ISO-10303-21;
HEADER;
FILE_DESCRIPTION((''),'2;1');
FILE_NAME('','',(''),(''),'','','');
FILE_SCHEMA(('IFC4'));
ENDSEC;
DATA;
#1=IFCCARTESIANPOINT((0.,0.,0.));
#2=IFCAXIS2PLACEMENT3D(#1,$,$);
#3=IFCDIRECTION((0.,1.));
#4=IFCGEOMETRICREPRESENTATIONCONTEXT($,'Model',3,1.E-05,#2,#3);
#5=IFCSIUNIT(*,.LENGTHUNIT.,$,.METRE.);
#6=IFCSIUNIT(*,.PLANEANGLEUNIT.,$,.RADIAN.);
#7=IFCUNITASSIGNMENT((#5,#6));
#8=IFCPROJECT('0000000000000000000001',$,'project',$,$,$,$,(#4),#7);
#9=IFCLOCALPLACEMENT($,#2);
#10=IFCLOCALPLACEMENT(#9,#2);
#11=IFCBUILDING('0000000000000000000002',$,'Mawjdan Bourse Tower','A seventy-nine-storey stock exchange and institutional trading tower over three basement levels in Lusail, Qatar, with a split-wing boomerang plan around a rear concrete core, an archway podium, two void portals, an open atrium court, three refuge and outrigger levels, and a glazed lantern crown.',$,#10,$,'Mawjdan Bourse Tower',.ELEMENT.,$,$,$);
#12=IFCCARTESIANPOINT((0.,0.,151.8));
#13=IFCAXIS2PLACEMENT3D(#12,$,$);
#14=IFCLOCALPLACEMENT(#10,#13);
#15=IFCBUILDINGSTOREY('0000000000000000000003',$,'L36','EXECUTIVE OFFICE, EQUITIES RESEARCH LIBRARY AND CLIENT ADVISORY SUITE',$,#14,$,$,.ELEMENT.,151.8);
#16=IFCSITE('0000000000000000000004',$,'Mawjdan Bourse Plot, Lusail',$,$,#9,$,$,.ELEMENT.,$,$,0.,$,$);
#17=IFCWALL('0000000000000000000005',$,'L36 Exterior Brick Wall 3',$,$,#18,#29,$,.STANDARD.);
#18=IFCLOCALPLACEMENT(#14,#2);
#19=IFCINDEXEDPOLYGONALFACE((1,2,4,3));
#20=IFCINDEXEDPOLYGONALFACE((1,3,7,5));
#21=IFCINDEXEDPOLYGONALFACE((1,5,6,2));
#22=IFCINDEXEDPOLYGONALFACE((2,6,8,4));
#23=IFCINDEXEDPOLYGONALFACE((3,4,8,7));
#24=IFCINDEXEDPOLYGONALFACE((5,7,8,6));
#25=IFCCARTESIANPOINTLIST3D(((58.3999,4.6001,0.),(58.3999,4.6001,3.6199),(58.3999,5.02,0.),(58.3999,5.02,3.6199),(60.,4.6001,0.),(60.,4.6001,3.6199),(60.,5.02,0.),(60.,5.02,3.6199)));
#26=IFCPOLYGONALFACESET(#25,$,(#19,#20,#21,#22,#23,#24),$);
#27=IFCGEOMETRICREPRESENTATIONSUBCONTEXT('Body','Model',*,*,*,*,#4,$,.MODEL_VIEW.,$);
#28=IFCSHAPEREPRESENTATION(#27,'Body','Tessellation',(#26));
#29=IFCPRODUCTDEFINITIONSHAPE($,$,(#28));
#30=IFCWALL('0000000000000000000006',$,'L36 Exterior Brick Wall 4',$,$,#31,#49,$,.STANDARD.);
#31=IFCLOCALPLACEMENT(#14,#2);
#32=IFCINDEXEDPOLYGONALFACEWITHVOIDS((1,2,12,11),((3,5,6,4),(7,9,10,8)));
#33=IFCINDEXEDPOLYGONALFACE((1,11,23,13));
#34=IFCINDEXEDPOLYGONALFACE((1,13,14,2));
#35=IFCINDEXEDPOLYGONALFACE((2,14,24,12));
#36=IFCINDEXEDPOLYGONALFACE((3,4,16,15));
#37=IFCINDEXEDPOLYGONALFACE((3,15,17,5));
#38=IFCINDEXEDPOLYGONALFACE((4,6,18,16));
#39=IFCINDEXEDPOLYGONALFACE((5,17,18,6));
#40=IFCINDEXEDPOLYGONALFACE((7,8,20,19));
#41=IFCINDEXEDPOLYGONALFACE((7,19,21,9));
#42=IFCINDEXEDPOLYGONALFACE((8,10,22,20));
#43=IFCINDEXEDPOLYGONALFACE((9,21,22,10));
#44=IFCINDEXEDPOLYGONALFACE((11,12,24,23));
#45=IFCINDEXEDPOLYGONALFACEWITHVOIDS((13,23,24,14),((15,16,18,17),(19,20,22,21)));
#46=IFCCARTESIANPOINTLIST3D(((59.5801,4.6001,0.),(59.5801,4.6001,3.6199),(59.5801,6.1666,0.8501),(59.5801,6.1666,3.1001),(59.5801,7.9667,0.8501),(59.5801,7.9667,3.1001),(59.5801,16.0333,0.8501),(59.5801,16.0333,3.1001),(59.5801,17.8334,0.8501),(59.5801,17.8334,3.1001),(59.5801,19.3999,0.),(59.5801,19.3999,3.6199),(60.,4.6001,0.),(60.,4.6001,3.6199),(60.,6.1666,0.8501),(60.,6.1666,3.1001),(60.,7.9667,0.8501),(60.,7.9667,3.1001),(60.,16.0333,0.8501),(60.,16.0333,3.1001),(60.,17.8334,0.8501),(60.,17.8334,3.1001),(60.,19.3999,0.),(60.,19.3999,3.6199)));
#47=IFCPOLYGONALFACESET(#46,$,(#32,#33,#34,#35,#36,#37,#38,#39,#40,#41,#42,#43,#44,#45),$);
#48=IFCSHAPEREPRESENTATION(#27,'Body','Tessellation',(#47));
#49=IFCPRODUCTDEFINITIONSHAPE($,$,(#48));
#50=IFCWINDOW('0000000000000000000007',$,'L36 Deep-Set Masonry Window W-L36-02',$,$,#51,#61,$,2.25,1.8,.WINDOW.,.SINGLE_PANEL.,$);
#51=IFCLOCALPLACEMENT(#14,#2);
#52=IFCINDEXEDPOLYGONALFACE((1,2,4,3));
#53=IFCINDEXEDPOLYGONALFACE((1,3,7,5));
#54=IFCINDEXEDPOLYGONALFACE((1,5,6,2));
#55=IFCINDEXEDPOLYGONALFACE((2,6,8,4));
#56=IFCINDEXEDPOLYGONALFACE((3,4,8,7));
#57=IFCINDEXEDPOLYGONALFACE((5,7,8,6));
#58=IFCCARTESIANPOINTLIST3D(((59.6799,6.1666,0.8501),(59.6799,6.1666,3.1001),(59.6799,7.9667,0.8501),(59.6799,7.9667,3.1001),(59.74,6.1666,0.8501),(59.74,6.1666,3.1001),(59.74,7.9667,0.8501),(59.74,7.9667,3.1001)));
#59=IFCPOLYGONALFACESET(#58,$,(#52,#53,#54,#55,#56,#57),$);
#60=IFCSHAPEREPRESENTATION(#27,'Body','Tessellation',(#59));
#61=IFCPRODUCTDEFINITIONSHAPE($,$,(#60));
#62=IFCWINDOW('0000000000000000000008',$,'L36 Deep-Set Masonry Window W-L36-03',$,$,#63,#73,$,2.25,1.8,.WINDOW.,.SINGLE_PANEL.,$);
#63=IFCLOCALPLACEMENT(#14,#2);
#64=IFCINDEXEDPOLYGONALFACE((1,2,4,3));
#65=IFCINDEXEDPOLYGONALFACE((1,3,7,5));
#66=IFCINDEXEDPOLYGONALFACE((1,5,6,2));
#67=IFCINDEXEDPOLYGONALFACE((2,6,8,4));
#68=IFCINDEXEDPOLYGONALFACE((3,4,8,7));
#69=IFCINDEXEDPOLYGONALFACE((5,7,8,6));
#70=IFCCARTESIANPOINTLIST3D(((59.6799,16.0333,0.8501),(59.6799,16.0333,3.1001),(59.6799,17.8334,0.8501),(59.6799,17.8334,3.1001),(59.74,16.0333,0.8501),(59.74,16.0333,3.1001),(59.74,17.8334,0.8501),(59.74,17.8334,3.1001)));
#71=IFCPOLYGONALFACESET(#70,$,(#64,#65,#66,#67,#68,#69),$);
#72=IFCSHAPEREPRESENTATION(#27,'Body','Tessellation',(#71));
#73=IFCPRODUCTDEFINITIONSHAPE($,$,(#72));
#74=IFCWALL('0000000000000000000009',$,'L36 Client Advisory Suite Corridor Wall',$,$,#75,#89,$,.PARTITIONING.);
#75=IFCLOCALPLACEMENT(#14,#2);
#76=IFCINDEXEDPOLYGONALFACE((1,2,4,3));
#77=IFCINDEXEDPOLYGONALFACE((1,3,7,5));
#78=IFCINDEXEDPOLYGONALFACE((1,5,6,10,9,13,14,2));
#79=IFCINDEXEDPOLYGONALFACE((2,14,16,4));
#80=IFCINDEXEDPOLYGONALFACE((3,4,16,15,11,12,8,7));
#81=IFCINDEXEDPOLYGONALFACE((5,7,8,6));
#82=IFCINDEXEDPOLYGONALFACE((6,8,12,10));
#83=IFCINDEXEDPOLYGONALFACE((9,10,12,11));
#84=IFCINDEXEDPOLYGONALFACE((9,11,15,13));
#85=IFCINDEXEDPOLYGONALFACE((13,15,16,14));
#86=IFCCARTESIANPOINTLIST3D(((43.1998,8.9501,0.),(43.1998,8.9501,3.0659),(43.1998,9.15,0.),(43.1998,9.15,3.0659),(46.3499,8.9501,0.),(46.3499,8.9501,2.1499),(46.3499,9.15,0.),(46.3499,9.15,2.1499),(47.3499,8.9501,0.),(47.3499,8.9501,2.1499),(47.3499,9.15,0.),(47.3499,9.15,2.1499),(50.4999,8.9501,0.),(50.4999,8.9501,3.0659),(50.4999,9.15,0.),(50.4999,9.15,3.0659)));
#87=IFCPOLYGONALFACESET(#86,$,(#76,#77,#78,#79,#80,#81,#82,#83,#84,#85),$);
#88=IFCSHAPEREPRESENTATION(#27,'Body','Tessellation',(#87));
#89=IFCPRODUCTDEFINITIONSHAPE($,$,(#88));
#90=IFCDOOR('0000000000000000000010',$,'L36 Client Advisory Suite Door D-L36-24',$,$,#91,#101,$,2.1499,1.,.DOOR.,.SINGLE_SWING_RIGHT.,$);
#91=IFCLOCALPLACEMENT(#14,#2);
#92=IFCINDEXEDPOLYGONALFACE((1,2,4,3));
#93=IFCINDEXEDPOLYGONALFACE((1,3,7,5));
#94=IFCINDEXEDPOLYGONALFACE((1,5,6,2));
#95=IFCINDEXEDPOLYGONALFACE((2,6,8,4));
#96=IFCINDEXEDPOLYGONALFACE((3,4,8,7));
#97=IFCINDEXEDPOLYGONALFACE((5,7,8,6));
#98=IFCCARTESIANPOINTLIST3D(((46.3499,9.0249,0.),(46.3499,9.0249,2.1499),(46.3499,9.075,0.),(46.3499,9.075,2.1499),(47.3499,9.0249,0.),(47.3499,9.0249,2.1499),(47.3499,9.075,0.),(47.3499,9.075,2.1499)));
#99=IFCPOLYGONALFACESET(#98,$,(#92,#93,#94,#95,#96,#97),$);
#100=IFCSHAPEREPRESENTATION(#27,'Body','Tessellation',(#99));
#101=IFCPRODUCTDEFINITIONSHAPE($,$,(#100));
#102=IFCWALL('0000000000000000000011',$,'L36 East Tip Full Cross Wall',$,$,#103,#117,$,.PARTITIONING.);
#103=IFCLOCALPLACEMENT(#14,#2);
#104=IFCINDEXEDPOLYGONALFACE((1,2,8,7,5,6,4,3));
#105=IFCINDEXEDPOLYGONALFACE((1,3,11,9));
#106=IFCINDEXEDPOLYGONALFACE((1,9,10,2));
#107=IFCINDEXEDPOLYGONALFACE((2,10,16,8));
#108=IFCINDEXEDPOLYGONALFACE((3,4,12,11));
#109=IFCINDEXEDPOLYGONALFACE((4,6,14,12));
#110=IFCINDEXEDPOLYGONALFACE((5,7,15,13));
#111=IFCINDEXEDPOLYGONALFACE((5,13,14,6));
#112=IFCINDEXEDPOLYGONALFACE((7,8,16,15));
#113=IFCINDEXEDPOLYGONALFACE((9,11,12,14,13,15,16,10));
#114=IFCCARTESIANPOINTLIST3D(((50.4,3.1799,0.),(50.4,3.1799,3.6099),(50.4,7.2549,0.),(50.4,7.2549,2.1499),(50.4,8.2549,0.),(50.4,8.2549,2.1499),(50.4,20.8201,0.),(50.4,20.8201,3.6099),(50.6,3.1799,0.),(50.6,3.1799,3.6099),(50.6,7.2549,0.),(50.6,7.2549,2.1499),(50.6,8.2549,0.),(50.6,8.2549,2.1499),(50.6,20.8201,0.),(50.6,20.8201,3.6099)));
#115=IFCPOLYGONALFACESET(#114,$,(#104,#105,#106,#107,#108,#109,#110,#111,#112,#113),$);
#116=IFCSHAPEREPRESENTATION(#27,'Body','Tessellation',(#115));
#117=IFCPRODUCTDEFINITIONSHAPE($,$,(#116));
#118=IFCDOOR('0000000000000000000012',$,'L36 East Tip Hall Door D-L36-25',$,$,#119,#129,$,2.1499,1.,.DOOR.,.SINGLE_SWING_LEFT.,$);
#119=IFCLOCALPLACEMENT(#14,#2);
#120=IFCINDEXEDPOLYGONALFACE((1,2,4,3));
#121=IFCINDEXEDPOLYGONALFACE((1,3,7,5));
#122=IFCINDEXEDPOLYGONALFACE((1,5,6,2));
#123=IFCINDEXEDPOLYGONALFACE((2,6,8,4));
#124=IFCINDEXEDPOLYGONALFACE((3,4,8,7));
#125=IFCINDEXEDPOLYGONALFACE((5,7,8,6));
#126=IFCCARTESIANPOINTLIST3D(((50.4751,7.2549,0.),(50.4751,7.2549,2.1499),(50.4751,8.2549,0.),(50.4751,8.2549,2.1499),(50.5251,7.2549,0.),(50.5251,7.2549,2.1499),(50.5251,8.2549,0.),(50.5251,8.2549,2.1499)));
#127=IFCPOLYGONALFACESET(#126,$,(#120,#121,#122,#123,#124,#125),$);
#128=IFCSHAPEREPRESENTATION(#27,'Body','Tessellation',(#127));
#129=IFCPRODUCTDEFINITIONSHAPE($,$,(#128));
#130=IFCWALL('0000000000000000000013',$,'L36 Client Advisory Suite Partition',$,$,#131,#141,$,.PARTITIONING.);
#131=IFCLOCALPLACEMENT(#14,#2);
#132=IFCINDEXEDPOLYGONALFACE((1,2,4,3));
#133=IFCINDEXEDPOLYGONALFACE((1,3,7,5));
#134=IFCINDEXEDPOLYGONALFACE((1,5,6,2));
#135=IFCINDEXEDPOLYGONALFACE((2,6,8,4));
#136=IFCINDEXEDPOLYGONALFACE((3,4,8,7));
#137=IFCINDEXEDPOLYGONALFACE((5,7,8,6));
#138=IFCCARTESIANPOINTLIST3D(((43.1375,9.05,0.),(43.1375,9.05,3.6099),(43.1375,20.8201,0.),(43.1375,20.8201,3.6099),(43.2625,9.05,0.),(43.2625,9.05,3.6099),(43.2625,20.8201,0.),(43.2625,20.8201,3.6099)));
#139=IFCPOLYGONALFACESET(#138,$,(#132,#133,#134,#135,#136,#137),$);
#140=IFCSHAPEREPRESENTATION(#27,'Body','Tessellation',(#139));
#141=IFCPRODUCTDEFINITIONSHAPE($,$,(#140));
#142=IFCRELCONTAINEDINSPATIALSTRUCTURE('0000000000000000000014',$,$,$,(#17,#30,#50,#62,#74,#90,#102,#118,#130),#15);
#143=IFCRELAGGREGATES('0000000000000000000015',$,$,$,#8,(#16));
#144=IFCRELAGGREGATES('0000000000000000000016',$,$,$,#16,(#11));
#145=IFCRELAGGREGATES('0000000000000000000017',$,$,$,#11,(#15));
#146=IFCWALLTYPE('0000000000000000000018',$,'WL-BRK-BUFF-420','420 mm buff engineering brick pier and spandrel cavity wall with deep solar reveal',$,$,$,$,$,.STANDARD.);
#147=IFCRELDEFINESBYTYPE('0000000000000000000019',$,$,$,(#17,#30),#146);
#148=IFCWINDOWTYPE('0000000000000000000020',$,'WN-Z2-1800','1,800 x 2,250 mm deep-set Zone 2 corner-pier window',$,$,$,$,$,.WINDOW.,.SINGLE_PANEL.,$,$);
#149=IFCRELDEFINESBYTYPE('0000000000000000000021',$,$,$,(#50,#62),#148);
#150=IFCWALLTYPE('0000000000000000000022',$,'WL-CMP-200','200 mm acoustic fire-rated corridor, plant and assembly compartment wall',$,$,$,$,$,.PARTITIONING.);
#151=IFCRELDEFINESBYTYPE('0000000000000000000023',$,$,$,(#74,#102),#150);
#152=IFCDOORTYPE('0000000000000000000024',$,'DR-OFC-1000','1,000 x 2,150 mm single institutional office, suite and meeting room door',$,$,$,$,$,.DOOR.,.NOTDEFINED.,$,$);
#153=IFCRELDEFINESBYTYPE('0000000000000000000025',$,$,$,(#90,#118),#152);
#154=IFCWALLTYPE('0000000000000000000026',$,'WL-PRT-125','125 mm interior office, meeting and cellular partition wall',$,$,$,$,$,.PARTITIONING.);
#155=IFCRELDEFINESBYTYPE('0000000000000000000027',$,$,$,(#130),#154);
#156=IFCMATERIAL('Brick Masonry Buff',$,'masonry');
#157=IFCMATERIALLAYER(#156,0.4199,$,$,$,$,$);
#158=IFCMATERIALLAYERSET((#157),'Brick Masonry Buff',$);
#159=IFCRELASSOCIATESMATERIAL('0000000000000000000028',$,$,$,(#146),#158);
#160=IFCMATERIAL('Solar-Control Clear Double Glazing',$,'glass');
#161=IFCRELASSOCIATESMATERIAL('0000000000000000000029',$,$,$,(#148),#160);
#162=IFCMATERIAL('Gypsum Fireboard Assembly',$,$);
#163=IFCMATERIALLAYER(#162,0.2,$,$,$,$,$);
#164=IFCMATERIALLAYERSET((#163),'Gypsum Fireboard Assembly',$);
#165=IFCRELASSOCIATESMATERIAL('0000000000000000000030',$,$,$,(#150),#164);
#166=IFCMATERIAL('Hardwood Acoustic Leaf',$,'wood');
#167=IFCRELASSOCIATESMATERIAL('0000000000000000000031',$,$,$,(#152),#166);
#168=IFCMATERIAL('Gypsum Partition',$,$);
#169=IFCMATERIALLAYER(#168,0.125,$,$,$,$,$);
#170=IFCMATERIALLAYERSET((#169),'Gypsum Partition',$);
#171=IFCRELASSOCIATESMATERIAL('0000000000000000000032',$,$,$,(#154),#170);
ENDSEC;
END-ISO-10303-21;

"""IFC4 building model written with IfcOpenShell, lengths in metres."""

from ifc_helpers import new_model, si_unit, direction, frame, frame_2d, origin, place, context, subcontext, project, spatial, rectangle, extrude, material, layer, layer_set, type_object, element, fill, save


model = new_model("IFC4")

# Units and contexts
model_context = context("Model", 3, precision=1e-05, world=origin(), true_north=direction((0.0, 1.0)))
body_context = subcontext(model_context, "Body", "Model", "MODEL_VIEW")
ifc_project = project(units=[si_unit("LENGTHUNIT", "METRE"), si_unit("PLANEANGLEUNIT", "RADIAN")], contexts=[model_context])

# Site, building, storey
site_placement = place(None, origin())
site = spatial("IfcSite", under=ifc_project, at=site_placement, Name="Mawjdan Bourse Plot, Lusail", CompositionType="ELEMENT", RefElevation=0.0)
building_placement = place(site_placement, origin())
building = spatial("IfcBuilding", under=site, at=building_placement, Name="Mawjdan Bourse Tower", Description="A seventy-nine-storey stock exchange and institutional trading tower over three basement levels in Lusail, Qatar, with a split-wing boomerang plan around a rear concrete core, an archway podium, two void portals, an open atrium court, three refuge and outrigger levels, and a glazed lantern crown.", LongName="Mawjdan Bourse Tower", CompositionType="ELEMENT")
storey_placement = place(building_placement, frame((0.0, 0.0, 151.8)))
storey = spatial("IfcBuildingStorey", under=building, at=storey_placement, Name="L36", Description="EXECUTIVE OFFICE, EQUITIES RESEARCH LIBRARY AND CLIENT ADVISORY SUITE", CompositionType="ELEMENT", Elevation=151.8)

# Wall
ifc_material_1 = material(Name="Brick Masonry Buff", Category="masonry")
ifc_layer_1 = layer(ifc_material_1, 0.4199)
ifc_layer_set_1 = layer_set([ifc_layer_1], Name="Brick Masonry Buff")
wall_type_1 = type_object("IfcWallType", Name="WL-BRK-BUFF-420", Description="420 mm buff engineering brick pier and spandrel cavity wall with deep solar reveal", PredefinedType="STANDARD", material=ifc_layer_set_1)
for number, where, z_axis, x_axis, name in (
    (1, (58.3999, 4.8101, 0.0), (0.0, 0.0, 1.0), (1.0, 0.0, 0.0), "L36 Exterior Brick Wall 3"),
):
    element("IfcWall", number, at=place(storey_placement, frame(where, z_axis=z_axis, x_axis=x_axis)), inside=storey, type_object=wall_type_1, Name=name, PredefinedType="STANDARD", context=body_context, shape_type="SweptSolid", body=[
        extrude(rectangle(XDim=1.6001, YDim=0.4199, at=frame_2d((0.8, 0.0))), origin(), (0.0, 0.0, 1.0), 3.6199),
    ])

# Wall, openings, windows
wall_1_placement = place(storey_placement, frame((59.79, 4.6001, 0.0), z_axis=(0.0, 0.0, 1.0), x_axis=(0.0, 1.0, 0.0)))
wall_1 = element("IfcWall", 2, at=wall_1_placement, inside=storey, type_object=wall_type_1, Name="L36 Exterior Brick Wall 4", PredefinedType="STANDARD", context=body_context, shape_type="SweptSolid", body=[
    extrude(rectangle(XDim=14.7998, YDim=0.4199, at=frame_2d((7.3999, 0.0))), origin(), (0.0, 0.0, 1.0), 3.6199),
])
opening_1_placement = place(wall_1_placement, frame((1.5667, 0.0, 0.8501)))
opening_1 = element("IfcOpeningElement", 3, at=opening_1_placement, cuts=wall_1, PredefinedType="OPENING", context=body_context, shape_type="SweptSolid", body=[
    extrude(rectangle(XDim=1.8, YDim=2.25, at=frame_2d((0.8999, 1.125))), frame((0.0, 0.22, 0.0), z_axis=(0.0, -1.0, 0.0), x_axis=(1.0, 0.0, 0.0)), (0.0, 0.0, 1.0), 0.4399),
])
opening_2_placement = place(wall_1_placement, frame((11.4333, 0.0, 0.8501)))
opening_2 = element("IfcOpeningElement", 4, at=opening_2_placement, cuts=wall_1, PredefinedType="OPENING", context=body_context, shape_type="SweptSolid", body=[
    extrude(rectangle(XDim=1.8, YDim=2.25, at=frame_2d((0.8999, 1.125))), frame((0.0, 0.22, 0.0), z_axis=(0.0, -1.0, 0.0), x_axis=(1.0, 0.0, 0.0)), (0.0, 0.0, 1.0), 0.4399),
])
ifc_material_2 = material(Name="Solar-Control Clear Double Glazing", Category="glass")
window_type = type_object("IfcWindowType", Name="WN-Z2-1800", Description="1,800 x 2,250 mm deep-set Zone 2 corner-pier window", PartitioningType="SINGLE_PANEL", PredefinedType="WINDOW", material=ifc_material_2)
window_1_placement = place(opening_1_placement, origin())
window_1 = element("IfcWindow", 5, at=window_1_placement, inside=storey, type_object=window_type, Name="L36 Deep-Set Masonry Window W-L36-02", OverallHeight=2.25, OverallWidth=1.8, PartitioningType="SINGLE_PANEL", PredefinedType="WINDOW", context=body_context, shape_type="SweptSolid", body=[
    extrude(rectangle(XDim=1.8, YDim=2.25, at=frame_2d((0.8999, 1.125))), frame((0.0, 0.1101, 0.0), z_axis=(0.0, -1.0, 0.0), x_axis=(1.0, 0.0, 0.0)), (0.0, 0.0, 1.0), 0.0601),
])
fill(opening_1, window_1)
window_2_placement = place(opening_2_placement, origin())
window_2 = element("IfcWindow", 6, at=window_2_placement, inside=storey, type_object=window_type, Name="L36 Deep-Set Masonry Window W-L36-03", OverallHeight=2.25, OverallWidth=1.8, PartitioningType="SINGLE_PANEL", PredefinedType="WINDOW", context=body_context, shape_type="SweptSolid", body=[
    extrude(rectangle(XDim=1.8, YDim=2.25, at=frame_2d((0.8999, 1.125))), frame((0.0, 0.1101, 0.0), z_axis=(0.0, -1.0, 0.0), x_axis=(1.0, 0.0, 0.0)), (0.0, 0.0, 1.0), 0.0601),
])
fill(opening_2, window_2)

# Walls, openings, doors
ifc_material_3 = material(Name="Gypsum Fireboard Assembly")
ifc_layer_2 = layer(ifc_material_3, 0.2)
ifc_layer_set_2 = layer_set([ifc_layer_2], Name="Gypsum Fireboard Assembly")
wall_type_2 = type_object("IfcWallType", Name="WL-CMP-200", Description="200 mm acoustic fire-rated corridor, plant and assembly compartment wall", PredefinedType="PARTITIONING", material=ifc_layer_set_2)
wall_2_placement = place(storey_placement, frame((43.2, 9.05, 0.0), z_axis=(0.0, 0.0, 1.0), x_axis=(1.0, 0.0, 0.0)))
wall_2 = element("IfcWall", 7, at=wall_2_placement, inside=storey, type_object=wall_type_2, Name="L36 Client Advisory Suite Corridor Wall", PredefinedType="PARTITIONING", context=body_context, shape_type="SweptSolid", body=[
    extrude(rectangle(XDim=7.3, YDim=0.2, at=frame_2d((3.6499, 0.0))), origin(), (0.0, 0.0, 1.0), 3.0659),
])
opening_3_placement = place(wall_2_placement, frame((3.1499, 0.0, 0.0)))
opening_3 = element("IfcOpeningElement", 8, at=opening_3_placement, cuts=wall_2, PredefinedType="OPENING", context=body_context, shape_type="SweptSolid", body=[
    extrude(rectangle(XDim=1.0, YDim=2.1499, at=frame_2d((0.5, 1.075))), frame((0.0, 0.1099, 0.0), z_axis=(0.0, -1.0, 0.0), x_axis=(1.0, 0.0, 0.0)), (0.0, 0.0, 1.0), 0.22),
])
ifc_material_4 = material(Name="Hardwood Acoustic Leaf", Category="wood")
door_type = type_object("IfcDoorType", Name="DR-OFC-1000", Description="1,000 x 2,150 mm single institutional office, suite and meeting room door", OperationType="NOTDEFINED", PredefinedType="DOOR", material=ifc_material_4)
door_1_placement = place(opening_3_placement, origin())
door_1 = element("IfcDoor", 9, at=door_1_placement, inside=storey, type_object=door_type, Name="L36 Client Advisory Suite Door D-L36-24", OperationType="SINGLE_SWING_RIGHT", OverallHeight=2.1499, OverallWidth=1.0, PredefinedType="DOOR", context=body_context, shape_type="SweptSolid", body=[
    extrude(rectangle(XDim=1.0, YDim=2.1499, at=frame_2d((0.5, 1.075))), frame((0.0, 0.0249, 0.0), z_axis=(0.0, -1.0, 0.0), x_axis=(1.0, 0.0, 0.0)), (0.0, 0.0, 1.0), 0.05),
])
fill(opening_3, door_1)
wall_3_placement = place(storey_placement, frame((50.5, 3.1799, 0.0), z_axis=(0.0, 0.0, 1.0), x_axis=(0.0, 1.0, 0.0)))
wall_3 = element("IfcWall", 10, at=wall_3_placement, inside=storey, type_object=wall_type_2, Name="L36 East Tip Full Cross Wall", PredefinedType="PARTITIONING", context=body_context, shape_type="SweptSolid", body=[
    extrude(rectangle(XDim=17.6401, YDim=0.2, at=frame_2d((8.8201, 0.0))), origin(), (0.0, 0.0, 1.0), 3.6099),
])
opening_4_placement = place(wall_3_placement, frame((4.075, 0.0, 0.0)))
opening_4 = element("IfcOpeningElement", 11, at=opening_4_placement, cuts=wall_3, PredefinedType="OPENING", context=body_context, shape_type="SweptSolid", body=[
    extrude(rectangle(XDim=1.0, YDim=2.1499, at=frame_2d((0.5, 1.075))), frame((0.0, 0.1099, 0.0), z_axis=(0.0, -1.0, 0.0), x_axis=(1.0, 0.0, 0.0)), (0.0, 0.0, 1.0), 0.22),
])
door_2_placement = place(opening_4_placement, origin())
door_2 = element("IfcDoor", 12, at=door_2_placement, inside=storey, type_object=door_type, Name="L36 East Tip Hall Door D-L36-25", OperationType="SINGLE_SWING_LEFT", OverallHeight=2.1499, OverallWidth=1.0, PredefinedType="DOOR", context=body_context, shape_type="SweptSolid", body=[
    extrude(rectangle(XDim=1.0, YDim=2.1499, at=frame_2d((0.5, 1.075))), frame((0.0, 0.0249, 0.0), z_axis=(0.0, -1.0, 0.0), x_axis=(1.0, 0.0, 0.0)), (0.0, 0.0, 1.0), 0.05),
])
fill(opening_4, door_2)

# Wall
ifc_material_5 = material(Name="Gypsum Partition")
ifc_layer_3 = layer(ifc_material_5, 0.125)
ifc_layer_set_3 = layer_set([ifc_layer_3], Name="Gypsum Partition")
wall_type_3 = type_object("IfcWallType", Name="WL-PRT-125", Description="125 mm interior office, meeting and cellular partition wall", PredefinedType="PARTITIONING", material=ifc_layer_set_3)
wall_4_placement = place(storey_placement, frame((43.2, 9.05, 0.0), z_axis=(0.0, 0.0, 1.0), x_axis=(0.0, 1.0, 0.0)))
element("IfcWall", 13, at=wall_4_placement, inside=storey, type_object=wall_type_3, Name="L36 Client Advisory Suite Partition", PredefinedType="PARTITIONING", context=body_context, shape_type="SweptSolid", body=[
    extrude(rectangle(XDim=11.77, YDim=0.125, at=frame_2d((5.885, 0.0))), origin(), (0.0, 0.0, 1.0), 3.6099),
])

save(model, "model.ifc")
